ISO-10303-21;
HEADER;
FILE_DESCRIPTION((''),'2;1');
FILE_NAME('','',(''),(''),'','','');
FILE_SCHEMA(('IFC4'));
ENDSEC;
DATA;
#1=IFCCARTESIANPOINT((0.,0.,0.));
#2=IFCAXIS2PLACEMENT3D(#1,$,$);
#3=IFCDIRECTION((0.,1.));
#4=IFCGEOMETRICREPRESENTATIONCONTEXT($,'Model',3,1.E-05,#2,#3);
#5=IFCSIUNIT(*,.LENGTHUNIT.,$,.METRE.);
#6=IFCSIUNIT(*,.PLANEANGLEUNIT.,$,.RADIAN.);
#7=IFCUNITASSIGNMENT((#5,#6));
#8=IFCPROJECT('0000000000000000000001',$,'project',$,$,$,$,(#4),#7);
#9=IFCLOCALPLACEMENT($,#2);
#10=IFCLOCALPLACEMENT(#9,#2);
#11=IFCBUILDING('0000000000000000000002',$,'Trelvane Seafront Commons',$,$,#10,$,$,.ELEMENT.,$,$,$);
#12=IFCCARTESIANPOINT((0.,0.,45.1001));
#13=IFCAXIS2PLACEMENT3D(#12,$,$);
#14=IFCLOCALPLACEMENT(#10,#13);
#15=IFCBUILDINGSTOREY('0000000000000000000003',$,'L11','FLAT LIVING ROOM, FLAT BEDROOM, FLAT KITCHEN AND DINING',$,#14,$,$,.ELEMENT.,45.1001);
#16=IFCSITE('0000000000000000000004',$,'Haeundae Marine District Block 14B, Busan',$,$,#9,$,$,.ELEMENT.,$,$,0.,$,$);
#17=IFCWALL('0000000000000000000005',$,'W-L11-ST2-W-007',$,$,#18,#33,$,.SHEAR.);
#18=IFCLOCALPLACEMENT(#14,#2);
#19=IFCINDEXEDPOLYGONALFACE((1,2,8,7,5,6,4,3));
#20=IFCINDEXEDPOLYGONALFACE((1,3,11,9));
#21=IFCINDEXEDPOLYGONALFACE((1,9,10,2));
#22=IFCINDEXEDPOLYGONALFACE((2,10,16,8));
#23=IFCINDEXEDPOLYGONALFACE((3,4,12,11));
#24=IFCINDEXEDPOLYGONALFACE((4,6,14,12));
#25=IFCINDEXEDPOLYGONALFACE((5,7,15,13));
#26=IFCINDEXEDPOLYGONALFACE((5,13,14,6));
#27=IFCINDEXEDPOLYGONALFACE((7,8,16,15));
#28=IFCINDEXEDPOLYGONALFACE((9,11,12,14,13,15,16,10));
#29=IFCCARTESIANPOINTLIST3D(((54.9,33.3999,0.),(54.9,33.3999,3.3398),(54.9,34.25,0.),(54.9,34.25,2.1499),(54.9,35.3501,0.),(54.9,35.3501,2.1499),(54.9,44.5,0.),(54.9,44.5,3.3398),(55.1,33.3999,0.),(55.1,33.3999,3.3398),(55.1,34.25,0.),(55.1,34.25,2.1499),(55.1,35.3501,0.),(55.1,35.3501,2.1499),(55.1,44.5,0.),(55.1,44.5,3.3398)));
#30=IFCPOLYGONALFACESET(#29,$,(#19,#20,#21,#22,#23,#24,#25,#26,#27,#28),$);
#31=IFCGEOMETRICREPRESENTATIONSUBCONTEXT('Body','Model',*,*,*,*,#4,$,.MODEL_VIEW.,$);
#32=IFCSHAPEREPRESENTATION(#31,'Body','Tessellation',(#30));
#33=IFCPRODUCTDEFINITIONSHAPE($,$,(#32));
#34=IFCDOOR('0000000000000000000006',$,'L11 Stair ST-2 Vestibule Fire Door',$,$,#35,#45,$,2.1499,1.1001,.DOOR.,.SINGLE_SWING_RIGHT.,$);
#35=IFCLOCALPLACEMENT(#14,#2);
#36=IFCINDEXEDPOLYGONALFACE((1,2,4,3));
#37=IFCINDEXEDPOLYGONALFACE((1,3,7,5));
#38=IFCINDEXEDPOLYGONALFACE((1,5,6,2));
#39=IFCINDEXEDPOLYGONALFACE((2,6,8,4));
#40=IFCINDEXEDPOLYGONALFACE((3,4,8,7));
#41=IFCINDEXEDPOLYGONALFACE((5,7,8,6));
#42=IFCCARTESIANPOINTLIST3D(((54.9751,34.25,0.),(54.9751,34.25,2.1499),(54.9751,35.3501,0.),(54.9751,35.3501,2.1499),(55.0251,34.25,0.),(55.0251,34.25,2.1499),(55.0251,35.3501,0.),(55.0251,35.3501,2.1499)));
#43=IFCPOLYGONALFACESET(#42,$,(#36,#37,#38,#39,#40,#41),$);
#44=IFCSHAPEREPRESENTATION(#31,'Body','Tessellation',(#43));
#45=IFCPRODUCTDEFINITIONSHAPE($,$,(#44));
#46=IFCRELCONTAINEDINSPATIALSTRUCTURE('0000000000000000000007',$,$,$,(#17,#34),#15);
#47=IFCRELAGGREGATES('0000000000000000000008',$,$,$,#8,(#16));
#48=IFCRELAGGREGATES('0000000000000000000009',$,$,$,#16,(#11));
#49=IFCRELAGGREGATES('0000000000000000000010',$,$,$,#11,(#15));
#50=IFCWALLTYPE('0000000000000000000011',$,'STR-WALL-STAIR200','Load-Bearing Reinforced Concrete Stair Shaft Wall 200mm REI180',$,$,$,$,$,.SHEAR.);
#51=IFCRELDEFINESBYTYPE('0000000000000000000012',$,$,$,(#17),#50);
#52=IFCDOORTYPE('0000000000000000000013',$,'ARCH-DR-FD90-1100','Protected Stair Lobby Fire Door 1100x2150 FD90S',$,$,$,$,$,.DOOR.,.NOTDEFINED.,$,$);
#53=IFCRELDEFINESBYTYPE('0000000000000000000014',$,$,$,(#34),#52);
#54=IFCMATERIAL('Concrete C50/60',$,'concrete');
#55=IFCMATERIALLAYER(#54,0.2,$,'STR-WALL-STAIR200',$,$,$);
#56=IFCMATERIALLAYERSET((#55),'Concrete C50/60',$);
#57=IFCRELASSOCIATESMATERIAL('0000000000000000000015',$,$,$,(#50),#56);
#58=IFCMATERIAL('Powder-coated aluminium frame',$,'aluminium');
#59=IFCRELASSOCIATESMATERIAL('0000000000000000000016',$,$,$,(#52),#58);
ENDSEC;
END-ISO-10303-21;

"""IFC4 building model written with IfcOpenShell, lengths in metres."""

from ifc_helpers import new_model, si_unit, direction, frame, frame_2d, origin, place, context, subcontext, project, spatial, rectangle, extrude, source, transform, mapped, material, layer, layer_set, type_object, element, fill, save


model = new_model("IFC4")

# Units and contexts
model_context = context("Model", 3, precision=1e-05, world=origin(), true_north=direction((0.0, 1.0)))
body_context = subcontext(model_context, "Body", "Model", "MODEL_VIEW")
ifc_project = project(units=[si_unit("LENGTHUNIT", "METRE"), si_unit("PLANEANGLEUNIT", "RADIAN")], contexts=[model_context])

# Site, building, storey
site_placement = place(None, origin())
site = spatial("IfcSite", under=ifc_project, at=site_placement, Name="Haeundae Marine District Block 14B, Busan", CompositionType="ELEMENT", RefElevation=0.0)
building_placement = place(site_placement, origin())
building = spatial("IfcBuilding", under=site, at=building_placement, Name="Trelvane Seafront Commons", CompositionType="ELEMENT")
storey_placement = place(building_placement, frame((0.0, 0.0, 45.1001)))
storey = spatial("IfcBuildingStorey", under=building, at=storey_placement, Name="L11", Description="FLAT LIVING ROOM, FLAT BEDROOM, FLAT KITCHEN AND DINING", CompositionType="ELEMENT", Elevation=45.1001)

# Shared definitions
ifc_material_1 = material(Name="Powder-coated aluminium frame", Category="aluminium")

# Wall, opening, door
ifc_material_2 = material(Name="Concrete C50/60", Category="concrete")
ifc_layer_1 = layer(ifc_material_2, 0.2, Name="STR-WALL-STAIR200")
ifc_layer_set_1 = layer_set([ifc_layer_1], Name="Concrete C50/60")
wall_type_1 = type_object("IfcWallType", Name="STR-WALL-STAIR200", Description="Load-Bearing Reinforced Concrete Stair Shaft Wall 200mm REI180", PredefinedType="SHEAR", material=ifc_layer_set_1)
wall_1_placement = place(storey_placement, frame((55.0, 33.3999, 0.0), z_axis=(0.0, 0.0, 1.0), x_axis=(0.0, 1.0, 0.0)))
wall_1 = element("IfcWall", 1, at=wall_1_placement, inside=storey, type_object=wall_type_1, Name="W-L11-ST2-W-007", PredefinedType="SHEAR", context=body_context, shape_type="SweptSolid", body=[
    extrude(rectangle(XDim=11.1001, YDim=0.2, at=frame_2d((5.55, 0.0))), origin(), (0.0, 0.0, 1.0), 3.3398),
])
opening_1_placement = place(wall_1_placement, frame((0.8501, 0.0, 0.0)))
opening_1 = element("IfcOpeningElement", 2, at=opening_1_placement, cuts=wall_1, PredefinedType="OPENING", context=body_context, shape_type="SweptSolid", body=[
    extrude(rectangle(XDim=1.1001, YDim=2.1499, at=frame_2d((0.55, 1.075))), frame((0.0, 0.1099, 0.0), z_axis=(0.0, -1.0, 0.0), x_axis=(1.0, 0.0, 0.0)), (0.0, 0.0, 1.0), 0.22),
])
door_type_1 = type_object("IfcDoorType", Name="ARCH-DR-FD90-1100", Description="Protected Stair Lobby Fire Door 1100x2150 FD90S", OperationType="NOTDEFINED", PredefinedType="DOOR", material=ifc_material_1)
shared_shape_1 = source(origin(), body_context, "Body", "SweptSolid", [
    extrude(rectangle(XDim=1.1001, YDim=2.1499, at=frame_2d((0.55, 1.075))), frame((0.0, 0.0249, 0.0), z_axis=(0.0, -1.0, 0.0), x_axis=(1.0, 0.0, 0.0)), (0.0, 0.0, 1.0), 0.05),
])
door_1_placement = place(opening_1_placement, origin())
door_1 = element("IfcDoor", 3, at=door_1_placement, inside=storey, type_object=door_type_1, Name="L11 Stair ST-2 Vestibule Fire Door", OperationType="SINGLE_SWING_RIGHT", OverallHeight=2.1499, OverallWidth=1.1001, PredefinedType="DOOR", context=body_context, shape_type="MappedRepresentation", body=[
    mapped(shared_shape_1, transform((0.0, 0.0, 0.0), x_axis=(1.0, 0.0, 0.0), y_axis=(0.0, 1.0, 0.0), z_axis=(0.0, 0.0, 1.0), scale=1.0)),
])
fill(opening_1, door_1)

save(model, "model.ifc")
